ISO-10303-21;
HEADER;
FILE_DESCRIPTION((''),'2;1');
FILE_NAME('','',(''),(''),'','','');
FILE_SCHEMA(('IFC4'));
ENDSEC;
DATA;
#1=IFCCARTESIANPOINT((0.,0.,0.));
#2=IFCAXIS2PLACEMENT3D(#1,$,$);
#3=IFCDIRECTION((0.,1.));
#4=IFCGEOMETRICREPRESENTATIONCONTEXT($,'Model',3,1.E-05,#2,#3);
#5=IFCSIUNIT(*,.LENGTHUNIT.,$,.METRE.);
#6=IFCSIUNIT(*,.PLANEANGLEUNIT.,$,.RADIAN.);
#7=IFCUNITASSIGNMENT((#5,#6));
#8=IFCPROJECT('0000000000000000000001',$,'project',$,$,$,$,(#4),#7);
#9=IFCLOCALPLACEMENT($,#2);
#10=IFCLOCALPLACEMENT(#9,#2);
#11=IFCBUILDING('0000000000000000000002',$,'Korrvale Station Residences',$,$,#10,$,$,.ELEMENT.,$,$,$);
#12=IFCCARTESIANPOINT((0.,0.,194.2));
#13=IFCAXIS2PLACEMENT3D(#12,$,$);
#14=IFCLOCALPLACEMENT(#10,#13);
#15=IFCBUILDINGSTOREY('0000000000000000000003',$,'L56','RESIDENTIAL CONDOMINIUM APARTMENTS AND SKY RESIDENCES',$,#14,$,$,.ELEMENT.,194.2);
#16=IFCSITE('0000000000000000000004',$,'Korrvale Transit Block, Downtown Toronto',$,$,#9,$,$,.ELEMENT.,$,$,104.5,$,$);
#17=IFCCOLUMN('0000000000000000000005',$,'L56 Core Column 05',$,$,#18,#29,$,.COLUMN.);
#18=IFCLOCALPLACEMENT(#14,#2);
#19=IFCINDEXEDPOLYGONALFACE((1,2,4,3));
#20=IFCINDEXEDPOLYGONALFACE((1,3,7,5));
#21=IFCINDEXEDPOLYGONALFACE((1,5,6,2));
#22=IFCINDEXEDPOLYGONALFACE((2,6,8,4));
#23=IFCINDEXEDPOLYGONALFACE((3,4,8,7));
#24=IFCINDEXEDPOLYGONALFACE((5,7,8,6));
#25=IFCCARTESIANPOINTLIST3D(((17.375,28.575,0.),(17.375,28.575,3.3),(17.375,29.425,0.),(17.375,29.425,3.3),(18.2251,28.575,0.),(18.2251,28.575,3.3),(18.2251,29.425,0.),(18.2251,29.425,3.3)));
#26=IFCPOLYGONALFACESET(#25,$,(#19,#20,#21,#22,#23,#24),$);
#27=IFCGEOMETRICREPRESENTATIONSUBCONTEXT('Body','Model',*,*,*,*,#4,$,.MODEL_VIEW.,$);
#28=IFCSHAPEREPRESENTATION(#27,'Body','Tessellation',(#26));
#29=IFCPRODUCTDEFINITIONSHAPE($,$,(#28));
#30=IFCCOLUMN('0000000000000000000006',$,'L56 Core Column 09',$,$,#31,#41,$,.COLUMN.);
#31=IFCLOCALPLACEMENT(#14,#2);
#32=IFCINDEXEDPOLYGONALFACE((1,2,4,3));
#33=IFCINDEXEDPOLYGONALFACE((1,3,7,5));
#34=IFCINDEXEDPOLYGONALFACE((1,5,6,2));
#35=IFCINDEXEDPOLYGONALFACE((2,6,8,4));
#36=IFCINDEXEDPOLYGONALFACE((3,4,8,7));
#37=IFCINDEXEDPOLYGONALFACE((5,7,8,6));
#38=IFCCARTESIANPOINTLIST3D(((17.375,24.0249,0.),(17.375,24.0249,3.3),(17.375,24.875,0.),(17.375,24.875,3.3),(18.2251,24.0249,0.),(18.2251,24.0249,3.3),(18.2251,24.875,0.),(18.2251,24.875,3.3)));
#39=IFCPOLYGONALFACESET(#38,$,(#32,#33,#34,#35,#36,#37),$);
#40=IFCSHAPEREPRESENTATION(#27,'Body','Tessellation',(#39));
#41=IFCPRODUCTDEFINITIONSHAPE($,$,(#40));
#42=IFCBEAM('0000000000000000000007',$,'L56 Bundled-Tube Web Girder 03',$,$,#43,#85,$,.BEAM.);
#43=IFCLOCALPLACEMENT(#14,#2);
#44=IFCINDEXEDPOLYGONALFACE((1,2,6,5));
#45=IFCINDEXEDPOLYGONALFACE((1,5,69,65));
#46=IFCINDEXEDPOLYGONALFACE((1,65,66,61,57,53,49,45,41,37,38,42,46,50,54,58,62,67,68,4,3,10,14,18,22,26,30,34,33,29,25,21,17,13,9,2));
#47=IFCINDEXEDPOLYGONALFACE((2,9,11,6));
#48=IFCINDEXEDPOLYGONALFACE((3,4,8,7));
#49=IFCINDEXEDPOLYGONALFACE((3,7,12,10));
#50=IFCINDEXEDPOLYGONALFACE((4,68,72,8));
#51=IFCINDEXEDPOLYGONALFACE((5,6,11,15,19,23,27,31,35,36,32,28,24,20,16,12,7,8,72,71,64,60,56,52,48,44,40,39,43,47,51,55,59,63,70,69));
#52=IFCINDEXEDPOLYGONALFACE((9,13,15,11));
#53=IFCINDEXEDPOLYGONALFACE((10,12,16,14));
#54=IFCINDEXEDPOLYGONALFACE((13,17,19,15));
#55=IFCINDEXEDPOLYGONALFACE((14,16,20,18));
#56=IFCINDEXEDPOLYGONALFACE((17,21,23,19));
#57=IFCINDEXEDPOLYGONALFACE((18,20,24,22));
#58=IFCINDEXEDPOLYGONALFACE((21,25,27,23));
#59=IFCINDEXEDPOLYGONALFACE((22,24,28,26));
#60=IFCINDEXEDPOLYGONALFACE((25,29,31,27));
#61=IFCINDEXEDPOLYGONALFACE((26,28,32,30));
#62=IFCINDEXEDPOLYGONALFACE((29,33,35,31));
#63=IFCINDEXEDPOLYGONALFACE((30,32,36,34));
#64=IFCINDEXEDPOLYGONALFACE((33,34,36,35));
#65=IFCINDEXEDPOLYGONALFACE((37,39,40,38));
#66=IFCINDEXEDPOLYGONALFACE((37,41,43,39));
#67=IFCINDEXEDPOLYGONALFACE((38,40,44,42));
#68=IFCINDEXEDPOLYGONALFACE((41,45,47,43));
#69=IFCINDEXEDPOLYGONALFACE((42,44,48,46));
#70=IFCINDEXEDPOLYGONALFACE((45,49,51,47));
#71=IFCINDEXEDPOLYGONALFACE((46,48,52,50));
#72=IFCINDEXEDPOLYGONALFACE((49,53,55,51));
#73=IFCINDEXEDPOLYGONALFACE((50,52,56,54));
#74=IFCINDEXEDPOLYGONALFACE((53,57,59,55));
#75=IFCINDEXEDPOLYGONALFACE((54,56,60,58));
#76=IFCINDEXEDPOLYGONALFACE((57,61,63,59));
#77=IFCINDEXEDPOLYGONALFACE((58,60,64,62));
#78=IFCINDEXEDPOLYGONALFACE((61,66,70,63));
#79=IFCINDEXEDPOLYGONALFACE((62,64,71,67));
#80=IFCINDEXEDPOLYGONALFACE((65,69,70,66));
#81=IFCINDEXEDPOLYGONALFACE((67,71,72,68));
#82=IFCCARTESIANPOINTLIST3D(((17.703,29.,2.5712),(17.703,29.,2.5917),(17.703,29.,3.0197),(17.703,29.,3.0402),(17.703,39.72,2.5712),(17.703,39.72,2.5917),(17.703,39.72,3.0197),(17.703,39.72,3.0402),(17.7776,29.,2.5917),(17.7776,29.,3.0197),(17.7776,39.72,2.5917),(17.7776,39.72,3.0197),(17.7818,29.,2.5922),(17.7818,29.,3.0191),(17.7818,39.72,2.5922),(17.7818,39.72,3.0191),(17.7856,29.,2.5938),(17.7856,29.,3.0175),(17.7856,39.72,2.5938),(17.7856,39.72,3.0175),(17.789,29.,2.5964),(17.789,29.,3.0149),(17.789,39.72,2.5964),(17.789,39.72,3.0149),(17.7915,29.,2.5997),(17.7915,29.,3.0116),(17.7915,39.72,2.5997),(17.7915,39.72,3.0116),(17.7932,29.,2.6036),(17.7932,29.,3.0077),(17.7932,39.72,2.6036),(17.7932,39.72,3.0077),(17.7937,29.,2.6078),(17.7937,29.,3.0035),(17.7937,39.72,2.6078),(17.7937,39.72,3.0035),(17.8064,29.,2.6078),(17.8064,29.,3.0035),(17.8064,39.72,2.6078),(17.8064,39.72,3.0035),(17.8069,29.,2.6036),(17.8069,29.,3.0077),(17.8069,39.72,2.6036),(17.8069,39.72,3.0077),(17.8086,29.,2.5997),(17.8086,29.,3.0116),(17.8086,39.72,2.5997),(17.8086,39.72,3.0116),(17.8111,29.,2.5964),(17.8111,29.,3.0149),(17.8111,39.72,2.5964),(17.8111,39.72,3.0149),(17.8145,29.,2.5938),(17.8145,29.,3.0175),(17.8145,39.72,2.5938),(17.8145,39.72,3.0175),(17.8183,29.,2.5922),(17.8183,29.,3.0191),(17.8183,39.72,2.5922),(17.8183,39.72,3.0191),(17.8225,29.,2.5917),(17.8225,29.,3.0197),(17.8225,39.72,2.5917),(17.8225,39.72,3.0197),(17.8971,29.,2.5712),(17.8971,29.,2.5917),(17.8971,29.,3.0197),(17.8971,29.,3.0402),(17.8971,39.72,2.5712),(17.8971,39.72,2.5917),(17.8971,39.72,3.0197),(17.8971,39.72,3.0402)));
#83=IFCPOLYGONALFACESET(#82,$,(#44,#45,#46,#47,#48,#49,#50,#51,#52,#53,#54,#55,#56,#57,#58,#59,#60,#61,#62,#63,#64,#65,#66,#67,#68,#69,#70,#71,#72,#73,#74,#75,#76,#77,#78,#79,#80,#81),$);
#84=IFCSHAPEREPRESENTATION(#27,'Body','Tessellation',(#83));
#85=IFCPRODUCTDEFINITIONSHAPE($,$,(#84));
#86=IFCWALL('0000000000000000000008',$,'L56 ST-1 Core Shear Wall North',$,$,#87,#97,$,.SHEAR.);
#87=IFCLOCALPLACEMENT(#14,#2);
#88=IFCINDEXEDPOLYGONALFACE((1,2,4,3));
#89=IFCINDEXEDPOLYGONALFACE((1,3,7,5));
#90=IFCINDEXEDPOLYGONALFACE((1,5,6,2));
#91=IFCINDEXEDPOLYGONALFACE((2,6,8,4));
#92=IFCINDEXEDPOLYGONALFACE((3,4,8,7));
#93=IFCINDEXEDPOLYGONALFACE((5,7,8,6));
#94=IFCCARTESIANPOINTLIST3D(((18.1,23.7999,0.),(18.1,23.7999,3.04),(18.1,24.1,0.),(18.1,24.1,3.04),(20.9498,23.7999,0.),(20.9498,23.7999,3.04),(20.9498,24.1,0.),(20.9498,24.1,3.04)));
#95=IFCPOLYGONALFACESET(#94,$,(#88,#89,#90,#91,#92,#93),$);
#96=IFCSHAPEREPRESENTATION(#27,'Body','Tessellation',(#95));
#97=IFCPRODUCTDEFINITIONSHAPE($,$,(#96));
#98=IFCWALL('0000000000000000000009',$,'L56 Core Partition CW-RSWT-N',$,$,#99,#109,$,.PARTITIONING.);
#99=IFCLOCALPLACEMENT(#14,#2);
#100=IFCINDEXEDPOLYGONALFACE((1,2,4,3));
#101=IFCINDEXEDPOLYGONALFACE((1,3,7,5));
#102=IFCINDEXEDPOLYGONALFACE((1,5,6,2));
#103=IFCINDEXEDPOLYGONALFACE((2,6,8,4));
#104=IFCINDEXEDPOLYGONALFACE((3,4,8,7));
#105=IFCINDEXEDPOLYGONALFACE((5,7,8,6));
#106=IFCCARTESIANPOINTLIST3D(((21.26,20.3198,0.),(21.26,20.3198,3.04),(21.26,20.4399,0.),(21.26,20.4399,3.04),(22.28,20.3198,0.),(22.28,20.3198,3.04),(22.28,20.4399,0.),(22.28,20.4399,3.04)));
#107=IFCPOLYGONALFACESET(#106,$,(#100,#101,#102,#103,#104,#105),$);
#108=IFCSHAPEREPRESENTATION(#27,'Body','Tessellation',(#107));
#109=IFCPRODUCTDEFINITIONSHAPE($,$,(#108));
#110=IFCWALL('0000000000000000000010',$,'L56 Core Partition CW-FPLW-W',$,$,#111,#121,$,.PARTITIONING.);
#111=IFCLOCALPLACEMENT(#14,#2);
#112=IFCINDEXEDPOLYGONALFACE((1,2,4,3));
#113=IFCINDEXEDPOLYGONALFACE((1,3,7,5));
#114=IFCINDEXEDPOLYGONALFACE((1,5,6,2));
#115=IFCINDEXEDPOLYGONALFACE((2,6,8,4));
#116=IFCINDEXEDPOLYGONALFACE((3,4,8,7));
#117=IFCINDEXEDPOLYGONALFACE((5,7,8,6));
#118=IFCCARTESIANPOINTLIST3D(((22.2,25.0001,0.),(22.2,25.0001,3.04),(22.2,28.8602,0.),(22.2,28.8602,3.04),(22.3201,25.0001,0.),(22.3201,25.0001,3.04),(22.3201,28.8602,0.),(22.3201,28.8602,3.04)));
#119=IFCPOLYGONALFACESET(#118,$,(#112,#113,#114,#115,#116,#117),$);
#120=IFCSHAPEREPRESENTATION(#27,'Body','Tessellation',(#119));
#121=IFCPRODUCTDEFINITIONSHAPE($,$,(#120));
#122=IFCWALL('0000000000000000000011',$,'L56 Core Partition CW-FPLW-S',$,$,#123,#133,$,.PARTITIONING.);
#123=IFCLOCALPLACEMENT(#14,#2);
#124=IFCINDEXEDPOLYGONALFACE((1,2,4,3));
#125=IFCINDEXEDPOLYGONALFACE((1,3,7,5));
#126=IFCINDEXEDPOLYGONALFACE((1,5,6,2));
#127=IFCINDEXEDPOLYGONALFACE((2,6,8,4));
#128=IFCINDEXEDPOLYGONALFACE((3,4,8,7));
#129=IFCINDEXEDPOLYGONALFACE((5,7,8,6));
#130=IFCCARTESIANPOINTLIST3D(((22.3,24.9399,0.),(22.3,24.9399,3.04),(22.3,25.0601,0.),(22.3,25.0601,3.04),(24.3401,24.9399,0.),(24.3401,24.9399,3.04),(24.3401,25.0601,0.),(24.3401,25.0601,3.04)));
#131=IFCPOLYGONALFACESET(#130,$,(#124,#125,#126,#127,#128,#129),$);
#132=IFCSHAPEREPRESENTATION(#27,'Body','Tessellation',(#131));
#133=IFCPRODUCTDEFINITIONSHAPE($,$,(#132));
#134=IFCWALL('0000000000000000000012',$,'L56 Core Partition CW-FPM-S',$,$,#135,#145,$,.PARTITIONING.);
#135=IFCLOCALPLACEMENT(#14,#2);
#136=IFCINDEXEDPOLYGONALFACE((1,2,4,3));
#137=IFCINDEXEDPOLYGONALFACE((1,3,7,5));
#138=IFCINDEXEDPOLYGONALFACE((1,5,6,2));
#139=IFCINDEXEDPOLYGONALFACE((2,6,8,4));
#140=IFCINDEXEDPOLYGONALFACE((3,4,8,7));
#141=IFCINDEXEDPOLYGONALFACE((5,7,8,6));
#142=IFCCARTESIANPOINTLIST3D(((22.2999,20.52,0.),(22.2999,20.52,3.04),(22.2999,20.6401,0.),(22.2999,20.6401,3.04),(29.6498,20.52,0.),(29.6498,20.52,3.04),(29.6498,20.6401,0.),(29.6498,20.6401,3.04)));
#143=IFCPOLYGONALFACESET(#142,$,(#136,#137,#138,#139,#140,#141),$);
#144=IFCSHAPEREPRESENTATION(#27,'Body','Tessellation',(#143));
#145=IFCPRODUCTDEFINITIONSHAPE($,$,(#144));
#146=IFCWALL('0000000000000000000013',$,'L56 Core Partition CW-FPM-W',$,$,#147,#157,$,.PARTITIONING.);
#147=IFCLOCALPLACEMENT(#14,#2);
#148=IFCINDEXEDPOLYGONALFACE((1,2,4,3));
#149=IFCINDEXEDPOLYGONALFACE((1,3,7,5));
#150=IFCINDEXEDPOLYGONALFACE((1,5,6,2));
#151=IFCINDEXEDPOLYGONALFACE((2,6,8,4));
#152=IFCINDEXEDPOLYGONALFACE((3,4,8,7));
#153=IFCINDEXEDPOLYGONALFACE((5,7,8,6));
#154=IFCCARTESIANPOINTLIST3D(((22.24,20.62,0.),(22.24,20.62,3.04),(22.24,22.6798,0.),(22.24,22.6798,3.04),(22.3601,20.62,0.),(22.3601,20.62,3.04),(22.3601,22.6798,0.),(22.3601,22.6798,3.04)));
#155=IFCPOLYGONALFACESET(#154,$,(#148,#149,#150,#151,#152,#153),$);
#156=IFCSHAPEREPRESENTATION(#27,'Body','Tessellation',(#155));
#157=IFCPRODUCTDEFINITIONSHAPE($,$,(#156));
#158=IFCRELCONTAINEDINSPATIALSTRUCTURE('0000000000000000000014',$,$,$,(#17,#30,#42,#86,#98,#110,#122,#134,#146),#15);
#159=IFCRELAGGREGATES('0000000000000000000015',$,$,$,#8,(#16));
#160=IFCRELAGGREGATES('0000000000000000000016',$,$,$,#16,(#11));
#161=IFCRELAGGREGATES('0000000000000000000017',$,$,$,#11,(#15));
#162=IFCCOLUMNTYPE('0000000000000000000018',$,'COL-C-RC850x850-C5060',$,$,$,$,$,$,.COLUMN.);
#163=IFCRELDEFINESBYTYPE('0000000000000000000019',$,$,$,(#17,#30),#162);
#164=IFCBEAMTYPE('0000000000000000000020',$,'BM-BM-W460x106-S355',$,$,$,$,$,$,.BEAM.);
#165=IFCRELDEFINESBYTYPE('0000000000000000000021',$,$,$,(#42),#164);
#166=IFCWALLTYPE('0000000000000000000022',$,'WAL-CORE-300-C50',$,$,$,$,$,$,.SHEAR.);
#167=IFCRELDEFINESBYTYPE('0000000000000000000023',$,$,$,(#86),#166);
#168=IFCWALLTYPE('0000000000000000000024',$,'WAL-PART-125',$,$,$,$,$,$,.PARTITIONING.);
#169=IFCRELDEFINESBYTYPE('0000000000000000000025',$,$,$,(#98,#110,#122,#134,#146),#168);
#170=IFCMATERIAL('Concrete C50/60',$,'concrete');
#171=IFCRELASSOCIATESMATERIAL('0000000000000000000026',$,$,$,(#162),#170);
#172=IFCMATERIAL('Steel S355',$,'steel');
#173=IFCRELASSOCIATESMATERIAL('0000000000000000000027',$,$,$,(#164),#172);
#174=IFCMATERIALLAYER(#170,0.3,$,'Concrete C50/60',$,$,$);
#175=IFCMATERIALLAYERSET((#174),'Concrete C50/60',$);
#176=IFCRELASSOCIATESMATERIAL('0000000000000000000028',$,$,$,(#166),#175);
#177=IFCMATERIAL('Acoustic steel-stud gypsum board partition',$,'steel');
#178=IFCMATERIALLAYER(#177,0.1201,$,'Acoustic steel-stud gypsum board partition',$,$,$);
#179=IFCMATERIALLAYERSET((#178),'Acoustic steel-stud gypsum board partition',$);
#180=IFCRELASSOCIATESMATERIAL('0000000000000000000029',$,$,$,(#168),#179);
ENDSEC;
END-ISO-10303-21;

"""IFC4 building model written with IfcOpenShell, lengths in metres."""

from ifc_helpers import new_model, si_unit, direction, frame, frame_2d, origin, origin_2d, place, context, subcontext, project, spatial, rectangle, i_section, extrude, material, layer, layer_set, material_profile, profile_set, type_object, element, save


model = new_model("IFC4")

# Units and contexts
model_context = context("Model", 3, precision=1e-05, world=origin(), true_north=direction((0.0, 1.0)))
body_context = subcontext(model_context, "Body", "Model", "MODEL_VIEW")
ifc_project = project(units=[si_unit("LENGTHUNIT", "METRE"), si_unit("PLANEANGLEUNIT", "RADIAN")], contexts=[model_context])

# Site, building, storey
site_placement = place(None, origin())
site = spatial("IfcSite", under=ifc_project, at=site_placement, Name="Korrvale Transit Block, Downtown Toronto", CompositionType="ELEMENT", RefElevation=104.5)
building_placement = place(site_placement, origin())
building = spatial("IfcBuilding", under=site, at=building_placement, Name="Korrvale Station Residences", CompositionType="ELEMENT")
storey_placement = place(building_placement, frame((0.0, 0.0, 194.2)))
storey = spatial("IfcBuildingStorey", under=building, at=storey_placement, Name="L56", Description="RESIDENTIAL CONDOMINIUM APARTMENTS AND SKY RESIDENCES", CompositionType="ELEMENT", Elevation=194.2)

# Columns
ifc_material_1 = material(Name="Concrete C50/60", Category="concrete")
ifc_material_profile_1 = material_profile(ifc_material_1, rectangle(XDim=0.8501, YDim=0.8501, at=origin_2d()), Name="RC850x850")
ifc_profile_set_1 = profile_set([ifc_material_profile_1], Name="Concrete C50/60")
column_type = type_object("IfcColumnType", Name="COL-C-RC850x850-C5060", PredefinedType="COLUMN", material=ifc_profile_set_1)
for number, where, z_axis, x_axis, name in (
    (1, (17.8, 29.0, 0.0), (0.0, 0.0, 1.0), (1.0, 0.0, 0.0), "L56 Core Column 05"),
    (2, (17.8, 24.45, 0.0), (0.0, 0.0, 1.0), (1.0, 0.0, 0.0), "L56 Core Column 09"),
):
    element("IfcColumn", number, at=place(storey_placement, frame(where, z_axis=z_axis, x_axis=x_axis)), inside=storey, type_object=column_type, Name=name, PredefinedType="COLUMN", context=body_context, shape_type="SweptSolid", body=[
        extrude(rectangle(XDim=0.8501, YDim=0.8501, at=origin_2d()), origin(), (0.0, 0.0, 1.0), 3.3),
    ])

# Beam
ifc_material_2 = material(Name="Steel S355", Category="steel")
ifc_material_profile_2 = material_profile(ifc_material_2, i_section(OverallWidth=0.1941, OverallDepth=0.469, WebThickness=0.0127, FlangeThickness=0.0205, FilletRadius=0.0161, at=origin_2d()), Name="W460x106")
ifc_profile_set_2 = profile_set([ifc_material_profile_2], Name="Steel S355")
beam_type = type_object("IfcBeamType", Name="BM-BM-W460x106-S355", PredefinedType="BEAM", material=ifc_profile_set_2)
beam_placement = place(storey_placement, frame((17.8, 29.0, 2.8057), z_axis=(0.0, 1.0, 0.0), x_axis=(-1.0, 0.0, 0.0)))
element("IfcBeam", 3, at=beam_placement, inside=storey, type_object=beam_type, Name="L56 Bundled-Tube Web Girder 03", PredefinedType="BEAM", context=body_context, shape_type="SweptSolid", body=[
    extrude(i_section(OverallWidth=0.1941, OverallDepth=0.469, WebThickness=0.0127, FlangeThickness=0.0205, FilletRadius=0.0161, at=origin_2d()), origin(), (0.0, 0.0, 1.0), 10.72),
])

# Walls
ifc_layer_1 = layer(ifc_material_1, 0.3, Name="Concrete C50/60")
ifc_layer_set_1 = layer_set([ifc_layer_1], Name="Concrete C50/60")
wall_type_1 = type_object("IfcWallType", Name="WAL-CORE-300-C50", PredefinedType="SHEAR", material=ifc_layer_set_1)
wall_1_placement = place(storey_placement, frame((18.1001, 23.95, 0.0), z_axis=(0.0, 0.0, 1.0), x_axis=(1.0, 0.0, 0.0)))
element("IfcWall", 4, at=wall_1_placement, inside=storey, type_object=wall_type_1, Name="L56 ST-1 Core Shear Wall North", PredefinedType="SHEAR", context=body_context, shape_type="SweptSolid", body=[
    extrude(rectangle(XDim=2.8499, YDim=0.3, at=frame_2d((1.4248, 0.0))), origin(), (0.0, 0.0, 1.0), 3.04),
])
ifc_material_3 = material(Name="Acoustic steel-stud gypsum board partition", Category="steel")
ifc_layer_2 = layer(ifc_material_3, 0.1201, Name="Acoustic steel-stud gypsum board partition")
ifc_layer_set_2 = layer_set([ifc_layer_2], Name="Acoustic steel-stud gypsum board partition")
wall_type_2 = type_object("IfcWallType", Name="WAL-PART-125", PredefinedType="PARTITIONING", material=ifc_layer_set_2)
wall_2_placement = place(storey_placement, frame((22.28, 20.3799, 0.0), z_axis=(0.0, 0.0, 1.0), x_axis=(-1.0, 0.0, 0.0)))
element("IfcWall", 5, at=wall_2_placement, inside=storey, type_object=wall_type_2, Name="L56 Core Partition CW-RSWT-N", PredefinedType="PARTITIONING", context=body_context, shape_type="SweptSolid", body=[
    extrude(rectangle(XDim=1.02, YDim=0.1201, at=frame_2d((0.51, 0.0))), origin(), (0.0, 0.0, 1.0), 3.04),
])
wall_3_placement = place(storey_placement, frame((22.26, 25.0, 0.0), z_axis=(0.0, 0.0, 1.0), x_axis=(0.0, 1.0, 0.0)))
element("IfcWall", 6, at=wall_3_placement, inside=storey, type_object=wall_type_2, Name="L56 Core Partition CW-FPLW-W", PredefinedType="PARTITIONING", context=body_context, shape_type="SweptSolid", body=[
    extrude(rectangle(XDim=3.8601, YDim=0.1201, at=frame_2d((1.9302, 0.0))), origin(), (0.0, 0.0, 1.0), 3.04),
])
wall_4_placement = place(storey_placement, frame((22.3, 25.0, 0.0), z_axis=(0.0, 0.0, 1.0), x_axis=(1.0, 0.0, 0.0)))
element("IfcWall", 7, at=wall_4_placement, inside=storey, type_object=wall_type_2, Name="L56 Core Partition CW-FPLW-S", PredefinedType="PARTITIONING", context=body_context, shape_type="SweptSolid", body=[
    extrude(rectangle(XDim=2.04, YDim=0.1201, at=frame_2d((1.02, 0.0))), origin(), (0.0, 0.0, 1.0), 3.04),
])
wall_5_placement = place(storey_placement, frame((22.3, 20.5801, 0.0), z_axis=(0.0, 0.0, 1.0), x_axis=(1.0, 0.0, 0.0)))
element("IfcWall", 8, at=wall_5_placement, inside=storey, type_object=wall_type_2, Name="L56 Core Partition CW-FPM-S", PredefinedType="PARTITIONING", context=body_context, shape_type="SweptSolid", body=[
    extrude(rectangle(XDim=7.3499, YDim=0.1201, at=frame_2d((3.6748, 0.0))), origin(), (0.0, 0.0, 1.0), 3.04),
])
wall_6_placement = place(storey_placement, frame((22.3, 20.6201, 0.0), z_axis=(0.0, 0.0, 1.0), x_axis=(0.0, 1.0, 0.0)))
element("IfcWall", 9, at=wall_6_placement, inside=storey, type_object=wall_type_2, Name="L56 Core Partition CW-FPM-W", PredefinedType="PARTITIONING", context=body_context, shape_type="SweptSolid", body=[
    extrude(rectangle(XDim=2.0598, YDim=0.1201, at=frame_2d((1.0298, 0.0))), origin(), (0.0, 0.0, 1.0), 3.04),
])

save(model, "model.ifc")
